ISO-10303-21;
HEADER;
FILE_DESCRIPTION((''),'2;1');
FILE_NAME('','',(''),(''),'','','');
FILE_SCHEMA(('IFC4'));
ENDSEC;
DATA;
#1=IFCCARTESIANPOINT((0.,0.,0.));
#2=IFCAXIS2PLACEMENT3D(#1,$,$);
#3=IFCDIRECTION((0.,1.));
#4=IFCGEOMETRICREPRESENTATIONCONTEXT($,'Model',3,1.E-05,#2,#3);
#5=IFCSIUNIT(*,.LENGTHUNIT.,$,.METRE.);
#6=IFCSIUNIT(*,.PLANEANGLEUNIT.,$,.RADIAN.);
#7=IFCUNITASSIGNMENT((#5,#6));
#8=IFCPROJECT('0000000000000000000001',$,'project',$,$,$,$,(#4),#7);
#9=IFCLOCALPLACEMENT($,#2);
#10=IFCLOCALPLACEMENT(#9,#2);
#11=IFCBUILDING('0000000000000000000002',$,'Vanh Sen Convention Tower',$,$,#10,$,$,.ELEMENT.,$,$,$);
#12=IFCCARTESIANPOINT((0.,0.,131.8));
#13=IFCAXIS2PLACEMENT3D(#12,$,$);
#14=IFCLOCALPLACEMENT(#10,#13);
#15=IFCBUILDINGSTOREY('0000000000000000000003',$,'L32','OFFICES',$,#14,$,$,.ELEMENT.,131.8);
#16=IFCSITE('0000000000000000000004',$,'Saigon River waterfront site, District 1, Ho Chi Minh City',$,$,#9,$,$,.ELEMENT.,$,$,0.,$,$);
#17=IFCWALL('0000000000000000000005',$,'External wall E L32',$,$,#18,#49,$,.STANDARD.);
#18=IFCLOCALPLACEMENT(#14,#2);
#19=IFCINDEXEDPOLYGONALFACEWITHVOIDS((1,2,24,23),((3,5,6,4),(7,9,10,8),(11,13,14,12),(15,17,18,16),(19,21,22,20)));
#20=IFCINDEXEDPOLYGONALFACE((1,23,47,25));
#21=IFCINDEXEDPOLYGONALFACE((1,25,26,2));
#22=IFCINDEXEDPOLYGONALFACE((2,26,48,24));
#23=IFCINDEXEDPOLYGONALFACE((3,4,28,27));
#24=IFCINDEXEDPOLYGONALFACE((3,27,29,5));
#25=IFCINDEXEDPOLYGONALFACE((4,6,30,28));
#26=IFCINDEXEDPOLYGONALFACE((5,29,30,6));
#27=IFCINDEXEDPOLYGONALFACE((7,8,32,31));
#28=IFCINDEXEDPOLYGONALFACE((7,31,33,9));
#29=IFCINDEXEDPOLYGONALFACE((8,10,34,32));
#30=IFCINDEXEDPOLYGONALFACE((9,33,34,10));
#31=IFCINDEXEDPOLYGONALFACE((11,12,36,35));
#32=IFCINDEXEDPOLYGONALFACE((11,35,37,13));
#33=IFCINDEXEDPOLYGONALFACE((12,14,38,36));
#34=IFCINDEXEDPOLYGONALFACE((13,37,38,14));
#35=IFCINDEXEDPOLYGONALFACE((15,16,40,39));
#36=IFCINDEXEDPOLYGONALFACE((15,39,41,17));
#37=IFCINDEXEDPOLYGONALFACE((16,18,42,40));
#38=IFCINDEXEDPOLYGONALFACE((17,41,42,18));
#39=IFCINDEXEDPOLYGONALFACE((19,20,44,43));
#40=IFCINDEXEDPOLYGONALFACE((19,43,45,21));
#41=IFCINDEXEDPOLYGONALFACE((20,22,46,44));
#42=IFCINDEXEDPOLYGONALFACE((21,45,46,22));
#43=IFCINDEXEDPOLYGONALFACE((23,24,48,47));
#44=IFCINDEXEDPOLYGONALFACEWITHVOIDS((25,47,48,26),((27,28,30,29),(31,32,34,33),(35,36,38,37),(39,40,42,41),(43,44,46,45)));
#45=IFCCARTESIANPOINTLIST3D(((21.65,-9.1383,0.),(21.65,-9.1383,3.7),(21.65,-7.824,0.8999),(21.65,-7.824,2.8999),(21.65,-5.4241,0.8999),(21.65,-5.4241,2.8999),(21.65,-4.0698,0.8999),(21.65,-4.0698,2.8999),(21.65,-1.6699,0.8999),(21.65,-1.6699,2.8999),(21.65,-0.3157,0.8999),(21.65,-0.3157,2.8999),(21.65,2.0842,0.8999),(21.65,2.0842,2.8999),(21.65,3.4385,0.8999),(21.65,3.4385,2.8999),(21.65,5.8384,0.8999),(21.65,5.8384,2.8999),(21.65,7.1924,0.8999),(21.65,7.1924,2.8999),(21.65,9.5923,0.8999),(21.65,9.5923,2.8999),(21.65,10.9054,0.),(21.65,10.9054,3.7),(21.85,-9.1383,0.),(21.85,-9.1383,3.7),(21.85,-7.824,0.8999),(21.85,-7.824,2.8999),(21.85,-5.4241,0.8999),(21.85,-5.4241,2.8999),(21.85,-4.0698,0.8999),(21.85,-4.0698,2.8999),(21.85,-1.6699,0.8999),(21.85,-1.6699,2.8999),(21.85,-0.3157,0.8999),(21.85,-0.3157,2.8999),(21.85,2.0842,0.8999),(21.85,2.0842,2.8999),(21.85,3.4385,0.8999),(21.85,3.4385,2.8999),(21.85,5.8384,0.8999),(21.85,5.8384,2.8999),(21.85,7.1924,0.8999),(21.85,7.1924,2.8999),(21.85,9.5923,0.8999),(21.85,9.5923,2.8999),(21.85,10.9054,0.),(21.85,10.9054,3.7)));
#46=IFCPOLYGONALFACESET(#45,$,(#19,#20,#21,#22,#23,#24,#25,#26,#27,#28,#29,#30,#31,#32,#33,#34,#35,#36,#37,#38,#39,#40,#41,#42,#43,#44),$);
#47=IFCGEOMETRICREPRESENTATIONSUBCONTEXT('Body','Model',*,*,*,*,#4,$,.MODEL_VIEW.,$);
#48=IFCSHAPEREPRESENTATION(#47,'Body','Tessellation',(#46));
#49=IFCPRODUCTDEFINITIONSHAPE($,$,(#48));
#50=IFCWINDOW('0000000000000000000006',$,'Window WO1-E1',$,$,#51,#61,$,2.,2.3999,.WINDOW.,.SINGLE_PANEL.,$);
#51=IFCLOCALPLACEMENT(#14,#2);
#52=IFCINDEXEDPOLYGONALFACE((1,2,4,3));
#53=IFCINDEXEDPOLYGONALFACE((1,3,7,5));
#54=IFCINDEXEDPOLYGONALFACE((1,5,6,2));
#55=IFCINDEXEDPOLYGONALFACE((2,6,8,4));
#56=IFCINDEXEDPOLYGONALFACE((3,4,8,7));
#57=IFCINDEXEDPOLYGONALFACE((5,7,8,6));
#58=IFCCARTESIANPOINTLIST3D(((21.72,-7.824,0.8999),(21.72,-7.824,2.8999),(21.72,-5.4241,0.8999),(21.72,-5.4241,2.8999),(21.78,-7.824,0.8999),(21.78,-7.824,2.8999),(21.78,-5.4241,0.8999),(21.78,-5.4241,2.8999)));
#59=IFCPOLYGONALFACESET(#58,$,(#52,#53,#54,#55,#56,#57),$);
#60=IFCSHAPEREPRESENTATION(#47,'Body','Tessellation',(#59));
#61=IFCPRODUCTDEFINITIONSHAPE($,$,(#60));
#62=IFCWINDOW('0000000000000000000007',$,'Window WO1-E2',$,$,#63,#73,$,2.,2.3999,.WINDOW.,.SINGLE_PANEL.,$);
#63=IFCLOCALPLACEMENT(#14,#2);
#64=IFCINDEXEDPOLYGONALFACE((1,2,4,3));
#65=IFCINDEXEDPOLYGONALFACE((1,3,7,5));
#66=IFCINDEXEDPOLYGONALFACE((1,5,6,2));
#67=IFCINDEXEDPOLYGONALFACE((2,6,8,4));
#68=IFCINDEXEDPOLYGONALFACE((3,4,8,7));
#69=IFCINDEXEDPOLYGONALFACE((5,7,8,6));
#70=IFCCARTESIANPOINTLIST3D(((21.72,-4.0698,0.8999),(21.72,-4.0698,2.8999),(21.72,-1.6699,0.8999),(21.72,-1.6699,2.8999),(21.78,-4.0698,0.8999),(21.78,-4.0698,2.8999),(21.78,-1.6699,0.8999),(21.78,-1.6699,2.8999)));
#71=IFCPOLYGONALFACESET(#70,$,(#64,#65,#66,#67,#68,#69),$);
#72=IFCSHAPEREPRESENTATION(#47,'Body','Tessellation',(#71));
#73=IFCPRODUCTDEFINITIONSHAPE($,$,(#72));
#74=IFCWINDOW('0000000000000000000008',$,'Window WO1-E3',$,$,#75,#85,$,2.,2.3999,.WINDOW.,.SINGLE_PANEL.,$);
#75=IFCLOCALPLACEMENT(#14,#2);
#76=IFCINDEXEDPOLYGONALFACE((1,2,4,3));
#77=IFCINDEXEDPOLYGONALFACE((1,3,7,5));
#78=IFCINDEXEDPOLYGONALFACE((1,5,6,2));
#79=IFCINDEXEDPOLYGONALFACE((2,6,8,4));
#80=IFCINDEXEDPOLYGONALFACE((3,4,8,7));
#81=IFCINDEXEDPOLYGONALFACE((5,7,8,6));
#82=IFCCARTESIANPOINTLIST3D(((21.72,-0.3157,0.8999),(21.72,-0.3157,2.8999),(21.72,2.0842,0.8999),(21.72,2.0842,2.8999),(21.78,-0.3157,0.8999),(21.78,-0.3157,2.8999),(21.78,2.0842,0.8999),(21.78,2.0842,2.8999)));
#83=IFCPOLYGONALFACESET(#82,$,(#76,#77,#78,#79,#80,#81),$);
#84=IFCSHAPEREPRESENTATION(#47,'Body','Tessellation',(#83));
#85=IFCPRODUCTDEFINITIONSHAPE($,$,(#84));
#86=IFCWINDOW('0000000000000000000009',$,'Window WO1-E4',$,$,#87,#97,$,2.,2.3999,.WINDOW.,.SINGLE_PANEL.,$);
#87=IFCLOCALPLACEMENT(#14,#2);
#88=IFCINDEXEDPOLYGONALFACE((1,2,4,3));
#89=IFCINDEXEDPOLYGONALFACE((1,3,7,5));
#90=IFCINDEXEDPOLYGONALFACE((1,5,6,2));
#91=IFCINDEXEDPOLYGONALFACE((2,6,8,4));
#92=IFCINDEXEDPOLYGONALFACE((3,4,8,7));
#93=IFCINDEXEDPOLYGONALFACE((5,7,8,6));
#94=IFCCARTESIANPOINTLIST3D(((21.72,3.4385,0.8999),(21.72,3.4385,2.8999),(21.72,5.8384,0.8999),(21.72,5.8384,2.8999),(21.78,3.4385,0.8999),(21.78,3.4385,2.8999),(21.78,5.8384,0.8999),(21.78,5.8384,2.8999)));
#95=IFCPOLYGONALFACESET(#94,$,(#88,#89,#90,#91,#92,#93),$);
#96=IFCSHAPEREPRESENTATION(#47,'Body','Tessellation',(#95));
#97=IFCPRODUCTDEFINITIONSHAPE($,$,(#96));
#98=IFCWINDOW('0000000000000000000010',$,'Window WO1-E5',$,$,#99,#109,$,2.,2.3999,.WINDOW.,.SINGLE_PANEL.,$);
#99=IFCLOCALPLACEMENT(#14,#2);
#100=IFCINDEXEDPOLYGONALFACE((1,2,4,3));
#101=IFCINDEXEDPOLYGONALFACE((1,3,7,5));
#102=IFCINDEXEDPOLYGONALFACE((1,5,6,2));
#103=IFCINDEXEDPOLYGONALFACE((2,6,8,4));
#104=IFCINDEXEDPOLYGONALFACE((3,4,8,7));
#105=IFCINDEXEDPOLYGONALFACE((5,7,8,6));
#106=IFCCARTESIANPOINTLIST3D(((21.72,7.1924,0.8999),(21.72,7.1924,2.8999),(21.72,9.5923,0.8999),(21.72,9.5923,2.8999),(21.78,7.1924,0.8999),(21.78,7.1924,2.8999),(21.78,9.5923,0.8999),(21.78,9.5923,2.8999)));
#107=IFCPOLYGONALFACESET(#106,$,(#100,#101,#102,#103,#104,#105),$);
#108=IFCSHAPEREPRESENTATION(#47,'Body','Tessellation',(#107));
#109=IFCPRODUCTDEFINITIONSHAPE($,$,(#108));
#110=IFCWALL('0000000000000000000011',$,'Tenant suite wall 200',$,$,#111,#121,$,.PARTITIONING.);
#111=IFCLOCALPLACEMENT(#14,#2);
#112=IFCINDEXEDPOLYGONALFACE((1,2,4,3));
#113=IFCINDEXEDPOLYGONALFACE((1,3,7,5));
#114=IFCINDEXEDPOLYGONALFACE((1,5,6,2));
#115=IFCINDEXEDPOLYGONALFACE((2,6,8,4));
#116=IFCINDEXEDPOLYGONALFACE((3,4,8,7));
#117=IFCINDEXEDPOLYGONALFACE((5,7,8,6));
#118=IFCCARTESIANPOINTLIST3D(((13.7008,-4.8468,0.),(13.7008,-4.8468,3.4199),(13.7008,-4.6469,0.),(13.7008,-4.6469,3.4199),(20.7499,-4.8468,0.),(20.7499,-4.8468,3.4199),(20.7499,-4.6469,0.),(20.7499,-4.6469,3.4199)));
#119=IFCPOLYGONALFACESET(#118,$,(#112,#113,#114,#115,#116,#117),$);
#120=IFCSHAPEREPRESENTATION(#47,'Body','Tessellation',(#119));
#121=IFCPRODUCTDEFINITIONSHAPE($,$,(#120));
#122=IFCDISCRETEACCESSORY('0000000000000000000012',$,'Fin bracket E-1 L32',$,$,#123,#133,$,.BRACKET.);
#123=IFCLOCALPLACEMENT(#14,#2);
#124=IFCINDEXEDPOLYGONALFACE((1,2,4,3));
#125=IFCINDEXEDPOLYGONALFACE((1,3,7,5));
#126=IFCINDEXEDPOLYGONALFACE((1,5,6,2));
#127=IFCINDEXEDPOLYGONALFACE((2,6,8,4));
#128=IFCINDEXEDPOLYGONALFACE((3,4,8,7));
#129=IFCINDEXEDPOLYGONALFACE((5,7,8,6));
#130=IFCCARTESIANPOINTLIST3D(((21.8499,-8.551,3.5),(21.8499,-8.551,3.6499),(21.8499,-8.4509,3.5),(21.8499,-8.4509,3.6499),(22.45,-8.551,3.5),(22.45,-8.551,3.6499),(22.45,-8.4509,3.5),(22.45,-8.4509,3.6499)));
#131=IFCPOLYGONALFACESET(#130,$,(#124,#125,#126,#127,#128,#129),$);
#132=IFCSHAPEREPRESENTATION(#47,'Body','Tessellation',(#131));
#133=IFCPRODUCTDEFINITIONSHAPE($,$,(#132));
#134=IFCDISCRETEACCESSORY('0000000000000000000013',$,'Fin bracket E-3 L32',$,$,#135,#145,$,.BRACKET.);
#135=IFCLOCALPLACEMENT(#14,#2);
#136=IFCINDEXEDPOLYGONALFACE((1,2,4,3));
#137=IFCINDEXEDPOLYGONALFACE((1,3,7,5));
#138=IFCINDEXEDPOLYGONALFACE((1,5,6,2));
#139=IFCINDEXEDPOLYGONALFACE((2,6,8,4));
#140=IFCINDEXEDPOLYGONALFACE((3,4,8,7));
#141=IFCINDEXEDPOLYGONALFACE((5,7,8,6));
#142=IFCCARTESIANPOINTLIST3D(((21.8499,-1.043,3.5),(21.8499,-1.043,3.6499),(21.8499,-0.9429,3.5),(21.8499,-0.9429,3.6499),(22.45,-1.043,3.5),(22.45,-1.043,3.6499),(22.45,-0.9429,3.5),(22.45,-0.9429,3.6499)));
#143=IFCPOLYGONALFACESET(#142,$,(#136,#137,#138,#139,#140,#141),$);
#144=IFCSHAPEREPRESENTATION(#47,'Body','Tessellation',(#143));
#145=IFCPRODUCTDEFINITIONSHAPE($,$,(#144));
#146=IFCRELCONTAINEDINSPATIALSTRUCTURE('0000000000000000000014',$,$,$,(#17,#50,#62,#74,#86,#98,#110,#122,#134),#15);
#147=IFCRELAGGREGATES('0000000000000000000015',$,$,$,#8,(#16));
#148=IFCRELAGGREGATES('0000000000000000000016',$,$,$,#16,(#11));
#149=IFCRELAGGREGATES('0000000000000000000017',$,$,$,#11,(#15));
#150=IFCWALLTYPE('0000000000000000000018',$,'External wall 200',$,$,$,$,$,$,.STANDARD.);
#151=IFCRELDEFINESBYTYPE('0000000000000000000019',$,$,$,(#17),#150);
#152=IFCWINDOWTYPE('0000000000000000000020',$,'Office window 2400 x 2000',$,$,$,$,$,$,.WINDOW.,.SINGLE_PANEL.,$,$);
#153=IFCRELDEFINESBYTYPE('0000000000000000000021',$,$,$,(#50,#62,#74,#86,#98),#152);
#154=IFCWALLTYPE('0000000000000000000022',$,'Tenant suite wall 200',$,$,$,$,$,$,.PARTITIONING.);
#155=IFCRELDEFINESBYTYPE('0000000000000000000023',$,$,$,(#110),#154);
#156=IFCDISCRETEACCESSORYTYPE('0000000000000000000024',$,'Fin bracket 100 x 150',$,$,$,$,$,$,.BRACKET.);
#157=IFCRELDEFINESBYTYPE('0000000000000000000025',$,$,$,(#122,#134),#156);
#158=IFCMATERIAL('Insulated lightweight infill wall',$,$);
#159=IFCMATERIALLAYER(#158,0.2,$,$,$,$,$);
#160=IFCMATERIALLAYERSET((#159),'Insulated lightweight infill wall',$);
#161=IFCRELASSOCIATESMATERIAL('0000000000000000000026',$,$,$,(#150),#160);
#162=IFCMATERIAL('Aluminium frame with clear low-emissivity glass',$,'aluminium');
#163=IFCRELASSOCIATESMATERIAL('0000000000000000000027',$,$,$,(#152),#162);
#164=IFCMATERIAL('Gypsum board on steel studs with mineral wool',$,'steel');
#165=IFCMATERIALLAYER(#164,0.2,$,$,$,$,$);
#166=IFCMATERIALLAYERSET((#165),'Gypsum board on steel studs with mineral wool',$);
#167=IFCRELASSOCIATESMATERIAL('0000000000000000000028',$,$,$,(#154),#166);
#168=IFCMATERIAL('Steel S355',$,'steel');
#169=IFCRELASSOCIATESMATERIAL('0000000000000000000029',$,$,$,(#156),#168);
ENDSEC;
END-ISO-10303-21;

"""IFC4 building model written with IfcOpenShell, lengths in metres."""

from ifc_helpers import new_model, si_unit, direction, frame, frame_2d, origin, origin_2d, place, context, subcontext, project, spatial, rectangle, extrude, material, layer, layer_set, type_object, element, fill, save


model = new_model("IFC4")

# Units and contexts
model_context = context("Model", 3, precision=1e-05, world=origin(), true_north=direction((0.0, 1.0)))
body_context = subcontext(model_context, "Body", "Model", "MODEL_VIEW")
ifc_project = project(units=[si_unit("LENGTHUNIT", "METRE"), si_unit("PLANEANGLEUNIT", "RADIAN")], contexts=[model_context])

# Site, building, storey
site_placement = place(None, origin())
site = spatial("IfcSite", under=ifc_project, at=site_placement, Name="Saigon River waterfront site, District 1, Ho Chi Minh City", CompositionType="ELEMENT", RefElevation=0.0)
building_placement = place(site_placement, origin())
building = spatial("IfcBuilding", under=site, at=building_placement, Name="Vanh Sen Convention Tower", CompositionType="ELEMENT")
storey_placement = place(building_placement, frame((0.0, 0.0, 131.8)))
storey = spatial("IfcBuildingStorey", under=building, at=storey_placement, Name="L32", Description="OFFICES", CompositionType="ELEMENT", Elevation=131.8)

# Wall, openings, windows
ifc_material_1 = material(Name="Insulated lightweight infill wall")
ifc_layer_1 = layer(ifc_material_1, 0.2)
ifc_layer_set_1 = layer_set([ifc_layer_1], Name="Insulated lightweight infill wall")
wall_type_1 = type_object("IfcWallType", Name="External wall 200", PredefinedType="STANDARD", material=ifc_layer_set_1)
wall_1_placement = place(storey_placement, frame((21.75, -9.1384, 0.0), z_axis=(0.0, 0.0, 1.0), x_axis=(0.0, 1.0, 0.0)))
wall_1 = element("IfcWall", 1, at=wall_1_placement, inside=storey, type_object=wall_type_1, Name="External wall E L32", PredefinedType="STANDARD", context=body_context, shape_type="SweptSolid", body=[
    extrude(rectangle(XDim=20.0437, YDim=0.2, at=frame_2d((10.022, 0.0))), origin(), (0.0, 0.0, 1.0), 3.7),
])
opening_1_placement = place(wall_1_placement, frame((1.3145, 0.0, 0.8999)))
opening_1 = element("IfcOpeningElement", 2, at=opening_1_placement, cuts=wall_1, PredefinedType="OPENING", context=body_context, shape_type="SweptSolid", body=[
    extrude(rectangle(XDim=2.3999, YDim=2.0, at=frame_2d((1.2, 1.0))), frame((0.0, 0.1099, 0.0), z_axis=(0.0, -1.0, 0.0), x_axis=(1.0, 0.0, 0.0)), (0.0, 0.0, 1.0), 0.22),
])
opening_2_placement = place(wall_1_placement, frame((5.0686, 0.0, 0.8999)))
opening_2 = element("IfcOpeningElement", 3, at=opening_2_placement, cuts=wall_1, PredefinedType="OPENING", context=body_context, shape_type="SweptSolid", body=[
    extrude(rectangle(XDim=2.3999, YDim=2.0, at=frame_2d((1.2, 1.0))), frame((0.0, 0.1099, 0.0), z_axis=(0.0, -1.0, 0.0), x_axis=(1.0, 0.0, 0.0)), (0.0, 0.0, 1.0), 0.22),
])
opening_3_placement = place(wall_1_placement, frame((8.8228, 0.0, 0.8999)))
opening_3 = element("IfcOpeningElement", 4, at=opening_3_placement, cuts=wall_1, PredefinedType="OPENING", context=body_context, shape_type="SweptSolid", body=[
    extrude(rectangle(XDim=2.3999, YDim=2.0, at=frame_2d((1.2, 1.0))), frame((0.0, 0.1099, 0.0), z_axis=(0.0, -1.0, 0.0), x_axis=(1.0, 0.0, 0.0)), (0.0, 0.0, 1.0), 0.22),
])
opening_4_placement = place(wall_1_placement, frame((12.5769, 0.0, 0.8999)))
opening_4 = element("IfcOpeningElement", 5, at=opening_4_placement, cuts=wall_1, PredefinedType="OPENING", context=body_context, shape_type="SweptSolid", body=[
    extrude(rectangle(XDim=2.3999, YDim=2.0, at=frame_2d((1.2, 1.0))), frame((0.0, 0.1099, 0.0), z_axis=(0.0, -1.0, 0.0), x_axis=(1.0, 0.0, 0.0)), (0.0, 0.0, 1.0), 0.22),
])
opening_5_placement = place(wall_1_placement, frame((16.3308, 0.0, 0.8999)))
opening_5 = element("IfcOpeningElement", 6, at=opening_5_placement, cuts=wall_1, PredefinedType="OPENING", context=body_context, shape_type="SweptSolid", body=[
    extrude(rectangle(XDim=2.3999, YDim=2.0, at=frame_2d((1.2, 1.0))), frame((0.0, 0.1099, 0.0), z_axis=(0.0, -1.0, 0.0), x_axis=(1.0, 0.0, 0.0)), (0.0, 0.0, 1.0), 0.22),
])
ifc_material_2 = material(Name="Aluminium frame with clear low-emissivity glass", Category="aluminium")
window_type = type_object("IfcWindowType", Name="Office window 2400 x 2000", PartitioningType="SINGLE_PANEL", PredefinedType="WINDOW", material=ifc_material_2)
window_1_placement = place(opening_1_placement, origin())
window_1 = element("IfcWindow", 7, at=window_1_placement, inside=storey, type_object=window_type, Name="Window WO1-E1", OverallHeight=2.0, OverallWidth=2.3999, PartitioningType="SINGLE_PANEL", PredefinedType="WINDOW", context=body_context, shape_type="SweptSolid", body=[
    extrude(rectangle(XDim=2.3999, YDim=2.0, at=frame_2d((1.2, 1.0))), frame((0.0, 0.03, 0.0), z_axis=(0.0, -1.0, 0.0), x_axis=(1.0, 0.0, 0.0)), (0.0, 0.0, 1.0), 0.0601),
])
fill(opening_1, window_1)
window_2_placement = place(opening_2_placement, origin())
window_2 = element("IfcWindow", 8, at=window_2_placement, inside=storey, type_object=window_type, Name="Window WO1-E2", OverallHeight=2.0, OverallWidth=2.3999, PartitioningType="SINGLE_PANEL", PredefinedType="WINDOW", context=body_context, shape_type="SweptSolid", body=[
    extrude(rectangle(XDim=2.3999, YDim=2.0, at=frame_2d((1.2, 1.0))), frame((0.0, 0.03, 0.0), z_axis=(0.0, -1.0, 0.0), x_axis=(1.0, 0.0, 0.0)), (0.0, 0.0, 1.0), 0.0601),
])
fill(opening_2, window_2)
window_3_placement = place(opening_3_placement, origin())
window_3 = element("IfcWindow", 9, at=window_3_placement, inside=storey, type_object=window_type, Name="Window WO1-E3", OverallHeight=2.0, OverallWidth=2.3999, PartitioningType="SINGLE_PANEL", PredefinedType="WINDOW", context=body_context, shape_type="SweptSolid", body=[
    extrude(rectangle(XDim=2.3999, YDim=2.0, at=frame_2d((1.2, 1.0))), frame((0.0, 0.03, 0.0), z_axis=(0.0, -1.0, 0.0), x_axis=(1.0, 0.0, 0.0)), (0.0, 0.0, 1.0), 0.0601),
])
fill(opening_3, window_3)
window_4_placement = place(opening_4_placement, origin())
window_4 = element("IfcWindow", 10, at=window_4_placement, inside=storey, type_object=window_type, Name="Window WO1-E4", OverallHeight=2.0, OverallWidth=2.3999, PartitioningType="SINGLE_PANEL", PredefinedType="WINDOW", context=body_context, shape_type="SweptSolid", body=[
    extrude(rectangle(XDim=2.3999, YDim=2.0, at=frame_2d((1.2, 1.0))), frame((0.0, 0.03, 0.0), z_axis=(0.0, -1.0, 0.0), x_axis=(1.0, 0.0, 0.0)), (0.0, 0.0, 1.0), 0.0601),
])
fill(opening_4, window_4)
window_5_placement = place(opening_5_placement, origin())
window_5 = element("IfcWindow", 11, at=window_5_placement, inside=storey, type_object=window_type, Name="Window WO1-E5", OverallHeight=2.0, OverallWidth=2.3999, PartitioningType="SINGLE_PANEL", PredefinedType="WINDOW", context=body_context, shape_type="SweptSolid", body=[
    extrude(rectangle(XDim=2.3999, YDim=2.0, at=frame_2d((1.2, 1.0))), frame((0.0, 0.03, 0.0), z_axis=(0.0, -1.0, 0.0), x_axis=(1.0, 0.0, 0.0)), (0.0, 0.0, 1.0), 0.0601),
])
fill(opening_5, window_5)

# Wall
ifc_material_3 = material(Name="Gypsum board on steel studs with mineral wool", Category="steel")
ifc_layer_2 = layer(ifc_material_3, 0.2)
ifc_layer_set_2 = layer_set([ifc_layer_2], Name="Gypsum board on steel studs with mineral wool")
wall_type_2 = type_object("IfcWallType", Name="Tenant suite wall 200", PredefinedType="PARTITIONING", material=ifc_layer_set_2)
wall_2_placement = place(storey_placement, frame((13.7009, -4.7468, 0.0), z_axis=(0.0, 0.0, 1.0), x_axis=(1.0, 0.0, 0.0)))
element("IfcWall", 12, at=wall_2_placement, inside=storey, type_object=wall_type_2, Name="Tenant suite wall 200", PredefinedType="PARTITIONING", context=body_context, shape_type="SweptSolid", body=[
    extrude(rectangle(XDim=7.0491, YDim=0.2, at=frame_2d((3.5244, 0.0))), origin(), (0.0, 0.0, 1.0), 3.4199),
])

# Discrete accessories
ifc_material_4 = material(Name="Steel S355", Category="steel")
discrete_accessory_type = type_object("IfcDiscreteAccessoryType", Name="Fin bracket 100 x 150", PredefinedType="BRACKET", material=ifc_material_4)
for number, where, z_axis, x_axis, name in (
    (13, (22.1499, -8.501, 3.5), (0.0, 0.0, 1.0), (1.0, 0.0, 0.0), "Fin bracket E-1 L32"),
    (14, (22.1499, -0.9929, 3.5), (0.0, 0.0, 1.0), (1.0, 0.0, 0.0), "Fin bracket E-3 L32"),
):
    element("IfcDiscreteAccessory", number, at=place(storey_placement, frame(where, z_axis=z_axis, x_axis=x_axis)), inside=storey, type_object=discrete_accessory_type, Name=name, PredefinedType="BRACKET", context=body_context, shape_type="SweptSolid", body=[
        extrude(rectangle(XDim=0.6001, YDim=0.1001, at=origin_2d()), origin(), (0.0, 0.0, 1.0), 0.1499),
    ])

save(model, "model.ifc")
